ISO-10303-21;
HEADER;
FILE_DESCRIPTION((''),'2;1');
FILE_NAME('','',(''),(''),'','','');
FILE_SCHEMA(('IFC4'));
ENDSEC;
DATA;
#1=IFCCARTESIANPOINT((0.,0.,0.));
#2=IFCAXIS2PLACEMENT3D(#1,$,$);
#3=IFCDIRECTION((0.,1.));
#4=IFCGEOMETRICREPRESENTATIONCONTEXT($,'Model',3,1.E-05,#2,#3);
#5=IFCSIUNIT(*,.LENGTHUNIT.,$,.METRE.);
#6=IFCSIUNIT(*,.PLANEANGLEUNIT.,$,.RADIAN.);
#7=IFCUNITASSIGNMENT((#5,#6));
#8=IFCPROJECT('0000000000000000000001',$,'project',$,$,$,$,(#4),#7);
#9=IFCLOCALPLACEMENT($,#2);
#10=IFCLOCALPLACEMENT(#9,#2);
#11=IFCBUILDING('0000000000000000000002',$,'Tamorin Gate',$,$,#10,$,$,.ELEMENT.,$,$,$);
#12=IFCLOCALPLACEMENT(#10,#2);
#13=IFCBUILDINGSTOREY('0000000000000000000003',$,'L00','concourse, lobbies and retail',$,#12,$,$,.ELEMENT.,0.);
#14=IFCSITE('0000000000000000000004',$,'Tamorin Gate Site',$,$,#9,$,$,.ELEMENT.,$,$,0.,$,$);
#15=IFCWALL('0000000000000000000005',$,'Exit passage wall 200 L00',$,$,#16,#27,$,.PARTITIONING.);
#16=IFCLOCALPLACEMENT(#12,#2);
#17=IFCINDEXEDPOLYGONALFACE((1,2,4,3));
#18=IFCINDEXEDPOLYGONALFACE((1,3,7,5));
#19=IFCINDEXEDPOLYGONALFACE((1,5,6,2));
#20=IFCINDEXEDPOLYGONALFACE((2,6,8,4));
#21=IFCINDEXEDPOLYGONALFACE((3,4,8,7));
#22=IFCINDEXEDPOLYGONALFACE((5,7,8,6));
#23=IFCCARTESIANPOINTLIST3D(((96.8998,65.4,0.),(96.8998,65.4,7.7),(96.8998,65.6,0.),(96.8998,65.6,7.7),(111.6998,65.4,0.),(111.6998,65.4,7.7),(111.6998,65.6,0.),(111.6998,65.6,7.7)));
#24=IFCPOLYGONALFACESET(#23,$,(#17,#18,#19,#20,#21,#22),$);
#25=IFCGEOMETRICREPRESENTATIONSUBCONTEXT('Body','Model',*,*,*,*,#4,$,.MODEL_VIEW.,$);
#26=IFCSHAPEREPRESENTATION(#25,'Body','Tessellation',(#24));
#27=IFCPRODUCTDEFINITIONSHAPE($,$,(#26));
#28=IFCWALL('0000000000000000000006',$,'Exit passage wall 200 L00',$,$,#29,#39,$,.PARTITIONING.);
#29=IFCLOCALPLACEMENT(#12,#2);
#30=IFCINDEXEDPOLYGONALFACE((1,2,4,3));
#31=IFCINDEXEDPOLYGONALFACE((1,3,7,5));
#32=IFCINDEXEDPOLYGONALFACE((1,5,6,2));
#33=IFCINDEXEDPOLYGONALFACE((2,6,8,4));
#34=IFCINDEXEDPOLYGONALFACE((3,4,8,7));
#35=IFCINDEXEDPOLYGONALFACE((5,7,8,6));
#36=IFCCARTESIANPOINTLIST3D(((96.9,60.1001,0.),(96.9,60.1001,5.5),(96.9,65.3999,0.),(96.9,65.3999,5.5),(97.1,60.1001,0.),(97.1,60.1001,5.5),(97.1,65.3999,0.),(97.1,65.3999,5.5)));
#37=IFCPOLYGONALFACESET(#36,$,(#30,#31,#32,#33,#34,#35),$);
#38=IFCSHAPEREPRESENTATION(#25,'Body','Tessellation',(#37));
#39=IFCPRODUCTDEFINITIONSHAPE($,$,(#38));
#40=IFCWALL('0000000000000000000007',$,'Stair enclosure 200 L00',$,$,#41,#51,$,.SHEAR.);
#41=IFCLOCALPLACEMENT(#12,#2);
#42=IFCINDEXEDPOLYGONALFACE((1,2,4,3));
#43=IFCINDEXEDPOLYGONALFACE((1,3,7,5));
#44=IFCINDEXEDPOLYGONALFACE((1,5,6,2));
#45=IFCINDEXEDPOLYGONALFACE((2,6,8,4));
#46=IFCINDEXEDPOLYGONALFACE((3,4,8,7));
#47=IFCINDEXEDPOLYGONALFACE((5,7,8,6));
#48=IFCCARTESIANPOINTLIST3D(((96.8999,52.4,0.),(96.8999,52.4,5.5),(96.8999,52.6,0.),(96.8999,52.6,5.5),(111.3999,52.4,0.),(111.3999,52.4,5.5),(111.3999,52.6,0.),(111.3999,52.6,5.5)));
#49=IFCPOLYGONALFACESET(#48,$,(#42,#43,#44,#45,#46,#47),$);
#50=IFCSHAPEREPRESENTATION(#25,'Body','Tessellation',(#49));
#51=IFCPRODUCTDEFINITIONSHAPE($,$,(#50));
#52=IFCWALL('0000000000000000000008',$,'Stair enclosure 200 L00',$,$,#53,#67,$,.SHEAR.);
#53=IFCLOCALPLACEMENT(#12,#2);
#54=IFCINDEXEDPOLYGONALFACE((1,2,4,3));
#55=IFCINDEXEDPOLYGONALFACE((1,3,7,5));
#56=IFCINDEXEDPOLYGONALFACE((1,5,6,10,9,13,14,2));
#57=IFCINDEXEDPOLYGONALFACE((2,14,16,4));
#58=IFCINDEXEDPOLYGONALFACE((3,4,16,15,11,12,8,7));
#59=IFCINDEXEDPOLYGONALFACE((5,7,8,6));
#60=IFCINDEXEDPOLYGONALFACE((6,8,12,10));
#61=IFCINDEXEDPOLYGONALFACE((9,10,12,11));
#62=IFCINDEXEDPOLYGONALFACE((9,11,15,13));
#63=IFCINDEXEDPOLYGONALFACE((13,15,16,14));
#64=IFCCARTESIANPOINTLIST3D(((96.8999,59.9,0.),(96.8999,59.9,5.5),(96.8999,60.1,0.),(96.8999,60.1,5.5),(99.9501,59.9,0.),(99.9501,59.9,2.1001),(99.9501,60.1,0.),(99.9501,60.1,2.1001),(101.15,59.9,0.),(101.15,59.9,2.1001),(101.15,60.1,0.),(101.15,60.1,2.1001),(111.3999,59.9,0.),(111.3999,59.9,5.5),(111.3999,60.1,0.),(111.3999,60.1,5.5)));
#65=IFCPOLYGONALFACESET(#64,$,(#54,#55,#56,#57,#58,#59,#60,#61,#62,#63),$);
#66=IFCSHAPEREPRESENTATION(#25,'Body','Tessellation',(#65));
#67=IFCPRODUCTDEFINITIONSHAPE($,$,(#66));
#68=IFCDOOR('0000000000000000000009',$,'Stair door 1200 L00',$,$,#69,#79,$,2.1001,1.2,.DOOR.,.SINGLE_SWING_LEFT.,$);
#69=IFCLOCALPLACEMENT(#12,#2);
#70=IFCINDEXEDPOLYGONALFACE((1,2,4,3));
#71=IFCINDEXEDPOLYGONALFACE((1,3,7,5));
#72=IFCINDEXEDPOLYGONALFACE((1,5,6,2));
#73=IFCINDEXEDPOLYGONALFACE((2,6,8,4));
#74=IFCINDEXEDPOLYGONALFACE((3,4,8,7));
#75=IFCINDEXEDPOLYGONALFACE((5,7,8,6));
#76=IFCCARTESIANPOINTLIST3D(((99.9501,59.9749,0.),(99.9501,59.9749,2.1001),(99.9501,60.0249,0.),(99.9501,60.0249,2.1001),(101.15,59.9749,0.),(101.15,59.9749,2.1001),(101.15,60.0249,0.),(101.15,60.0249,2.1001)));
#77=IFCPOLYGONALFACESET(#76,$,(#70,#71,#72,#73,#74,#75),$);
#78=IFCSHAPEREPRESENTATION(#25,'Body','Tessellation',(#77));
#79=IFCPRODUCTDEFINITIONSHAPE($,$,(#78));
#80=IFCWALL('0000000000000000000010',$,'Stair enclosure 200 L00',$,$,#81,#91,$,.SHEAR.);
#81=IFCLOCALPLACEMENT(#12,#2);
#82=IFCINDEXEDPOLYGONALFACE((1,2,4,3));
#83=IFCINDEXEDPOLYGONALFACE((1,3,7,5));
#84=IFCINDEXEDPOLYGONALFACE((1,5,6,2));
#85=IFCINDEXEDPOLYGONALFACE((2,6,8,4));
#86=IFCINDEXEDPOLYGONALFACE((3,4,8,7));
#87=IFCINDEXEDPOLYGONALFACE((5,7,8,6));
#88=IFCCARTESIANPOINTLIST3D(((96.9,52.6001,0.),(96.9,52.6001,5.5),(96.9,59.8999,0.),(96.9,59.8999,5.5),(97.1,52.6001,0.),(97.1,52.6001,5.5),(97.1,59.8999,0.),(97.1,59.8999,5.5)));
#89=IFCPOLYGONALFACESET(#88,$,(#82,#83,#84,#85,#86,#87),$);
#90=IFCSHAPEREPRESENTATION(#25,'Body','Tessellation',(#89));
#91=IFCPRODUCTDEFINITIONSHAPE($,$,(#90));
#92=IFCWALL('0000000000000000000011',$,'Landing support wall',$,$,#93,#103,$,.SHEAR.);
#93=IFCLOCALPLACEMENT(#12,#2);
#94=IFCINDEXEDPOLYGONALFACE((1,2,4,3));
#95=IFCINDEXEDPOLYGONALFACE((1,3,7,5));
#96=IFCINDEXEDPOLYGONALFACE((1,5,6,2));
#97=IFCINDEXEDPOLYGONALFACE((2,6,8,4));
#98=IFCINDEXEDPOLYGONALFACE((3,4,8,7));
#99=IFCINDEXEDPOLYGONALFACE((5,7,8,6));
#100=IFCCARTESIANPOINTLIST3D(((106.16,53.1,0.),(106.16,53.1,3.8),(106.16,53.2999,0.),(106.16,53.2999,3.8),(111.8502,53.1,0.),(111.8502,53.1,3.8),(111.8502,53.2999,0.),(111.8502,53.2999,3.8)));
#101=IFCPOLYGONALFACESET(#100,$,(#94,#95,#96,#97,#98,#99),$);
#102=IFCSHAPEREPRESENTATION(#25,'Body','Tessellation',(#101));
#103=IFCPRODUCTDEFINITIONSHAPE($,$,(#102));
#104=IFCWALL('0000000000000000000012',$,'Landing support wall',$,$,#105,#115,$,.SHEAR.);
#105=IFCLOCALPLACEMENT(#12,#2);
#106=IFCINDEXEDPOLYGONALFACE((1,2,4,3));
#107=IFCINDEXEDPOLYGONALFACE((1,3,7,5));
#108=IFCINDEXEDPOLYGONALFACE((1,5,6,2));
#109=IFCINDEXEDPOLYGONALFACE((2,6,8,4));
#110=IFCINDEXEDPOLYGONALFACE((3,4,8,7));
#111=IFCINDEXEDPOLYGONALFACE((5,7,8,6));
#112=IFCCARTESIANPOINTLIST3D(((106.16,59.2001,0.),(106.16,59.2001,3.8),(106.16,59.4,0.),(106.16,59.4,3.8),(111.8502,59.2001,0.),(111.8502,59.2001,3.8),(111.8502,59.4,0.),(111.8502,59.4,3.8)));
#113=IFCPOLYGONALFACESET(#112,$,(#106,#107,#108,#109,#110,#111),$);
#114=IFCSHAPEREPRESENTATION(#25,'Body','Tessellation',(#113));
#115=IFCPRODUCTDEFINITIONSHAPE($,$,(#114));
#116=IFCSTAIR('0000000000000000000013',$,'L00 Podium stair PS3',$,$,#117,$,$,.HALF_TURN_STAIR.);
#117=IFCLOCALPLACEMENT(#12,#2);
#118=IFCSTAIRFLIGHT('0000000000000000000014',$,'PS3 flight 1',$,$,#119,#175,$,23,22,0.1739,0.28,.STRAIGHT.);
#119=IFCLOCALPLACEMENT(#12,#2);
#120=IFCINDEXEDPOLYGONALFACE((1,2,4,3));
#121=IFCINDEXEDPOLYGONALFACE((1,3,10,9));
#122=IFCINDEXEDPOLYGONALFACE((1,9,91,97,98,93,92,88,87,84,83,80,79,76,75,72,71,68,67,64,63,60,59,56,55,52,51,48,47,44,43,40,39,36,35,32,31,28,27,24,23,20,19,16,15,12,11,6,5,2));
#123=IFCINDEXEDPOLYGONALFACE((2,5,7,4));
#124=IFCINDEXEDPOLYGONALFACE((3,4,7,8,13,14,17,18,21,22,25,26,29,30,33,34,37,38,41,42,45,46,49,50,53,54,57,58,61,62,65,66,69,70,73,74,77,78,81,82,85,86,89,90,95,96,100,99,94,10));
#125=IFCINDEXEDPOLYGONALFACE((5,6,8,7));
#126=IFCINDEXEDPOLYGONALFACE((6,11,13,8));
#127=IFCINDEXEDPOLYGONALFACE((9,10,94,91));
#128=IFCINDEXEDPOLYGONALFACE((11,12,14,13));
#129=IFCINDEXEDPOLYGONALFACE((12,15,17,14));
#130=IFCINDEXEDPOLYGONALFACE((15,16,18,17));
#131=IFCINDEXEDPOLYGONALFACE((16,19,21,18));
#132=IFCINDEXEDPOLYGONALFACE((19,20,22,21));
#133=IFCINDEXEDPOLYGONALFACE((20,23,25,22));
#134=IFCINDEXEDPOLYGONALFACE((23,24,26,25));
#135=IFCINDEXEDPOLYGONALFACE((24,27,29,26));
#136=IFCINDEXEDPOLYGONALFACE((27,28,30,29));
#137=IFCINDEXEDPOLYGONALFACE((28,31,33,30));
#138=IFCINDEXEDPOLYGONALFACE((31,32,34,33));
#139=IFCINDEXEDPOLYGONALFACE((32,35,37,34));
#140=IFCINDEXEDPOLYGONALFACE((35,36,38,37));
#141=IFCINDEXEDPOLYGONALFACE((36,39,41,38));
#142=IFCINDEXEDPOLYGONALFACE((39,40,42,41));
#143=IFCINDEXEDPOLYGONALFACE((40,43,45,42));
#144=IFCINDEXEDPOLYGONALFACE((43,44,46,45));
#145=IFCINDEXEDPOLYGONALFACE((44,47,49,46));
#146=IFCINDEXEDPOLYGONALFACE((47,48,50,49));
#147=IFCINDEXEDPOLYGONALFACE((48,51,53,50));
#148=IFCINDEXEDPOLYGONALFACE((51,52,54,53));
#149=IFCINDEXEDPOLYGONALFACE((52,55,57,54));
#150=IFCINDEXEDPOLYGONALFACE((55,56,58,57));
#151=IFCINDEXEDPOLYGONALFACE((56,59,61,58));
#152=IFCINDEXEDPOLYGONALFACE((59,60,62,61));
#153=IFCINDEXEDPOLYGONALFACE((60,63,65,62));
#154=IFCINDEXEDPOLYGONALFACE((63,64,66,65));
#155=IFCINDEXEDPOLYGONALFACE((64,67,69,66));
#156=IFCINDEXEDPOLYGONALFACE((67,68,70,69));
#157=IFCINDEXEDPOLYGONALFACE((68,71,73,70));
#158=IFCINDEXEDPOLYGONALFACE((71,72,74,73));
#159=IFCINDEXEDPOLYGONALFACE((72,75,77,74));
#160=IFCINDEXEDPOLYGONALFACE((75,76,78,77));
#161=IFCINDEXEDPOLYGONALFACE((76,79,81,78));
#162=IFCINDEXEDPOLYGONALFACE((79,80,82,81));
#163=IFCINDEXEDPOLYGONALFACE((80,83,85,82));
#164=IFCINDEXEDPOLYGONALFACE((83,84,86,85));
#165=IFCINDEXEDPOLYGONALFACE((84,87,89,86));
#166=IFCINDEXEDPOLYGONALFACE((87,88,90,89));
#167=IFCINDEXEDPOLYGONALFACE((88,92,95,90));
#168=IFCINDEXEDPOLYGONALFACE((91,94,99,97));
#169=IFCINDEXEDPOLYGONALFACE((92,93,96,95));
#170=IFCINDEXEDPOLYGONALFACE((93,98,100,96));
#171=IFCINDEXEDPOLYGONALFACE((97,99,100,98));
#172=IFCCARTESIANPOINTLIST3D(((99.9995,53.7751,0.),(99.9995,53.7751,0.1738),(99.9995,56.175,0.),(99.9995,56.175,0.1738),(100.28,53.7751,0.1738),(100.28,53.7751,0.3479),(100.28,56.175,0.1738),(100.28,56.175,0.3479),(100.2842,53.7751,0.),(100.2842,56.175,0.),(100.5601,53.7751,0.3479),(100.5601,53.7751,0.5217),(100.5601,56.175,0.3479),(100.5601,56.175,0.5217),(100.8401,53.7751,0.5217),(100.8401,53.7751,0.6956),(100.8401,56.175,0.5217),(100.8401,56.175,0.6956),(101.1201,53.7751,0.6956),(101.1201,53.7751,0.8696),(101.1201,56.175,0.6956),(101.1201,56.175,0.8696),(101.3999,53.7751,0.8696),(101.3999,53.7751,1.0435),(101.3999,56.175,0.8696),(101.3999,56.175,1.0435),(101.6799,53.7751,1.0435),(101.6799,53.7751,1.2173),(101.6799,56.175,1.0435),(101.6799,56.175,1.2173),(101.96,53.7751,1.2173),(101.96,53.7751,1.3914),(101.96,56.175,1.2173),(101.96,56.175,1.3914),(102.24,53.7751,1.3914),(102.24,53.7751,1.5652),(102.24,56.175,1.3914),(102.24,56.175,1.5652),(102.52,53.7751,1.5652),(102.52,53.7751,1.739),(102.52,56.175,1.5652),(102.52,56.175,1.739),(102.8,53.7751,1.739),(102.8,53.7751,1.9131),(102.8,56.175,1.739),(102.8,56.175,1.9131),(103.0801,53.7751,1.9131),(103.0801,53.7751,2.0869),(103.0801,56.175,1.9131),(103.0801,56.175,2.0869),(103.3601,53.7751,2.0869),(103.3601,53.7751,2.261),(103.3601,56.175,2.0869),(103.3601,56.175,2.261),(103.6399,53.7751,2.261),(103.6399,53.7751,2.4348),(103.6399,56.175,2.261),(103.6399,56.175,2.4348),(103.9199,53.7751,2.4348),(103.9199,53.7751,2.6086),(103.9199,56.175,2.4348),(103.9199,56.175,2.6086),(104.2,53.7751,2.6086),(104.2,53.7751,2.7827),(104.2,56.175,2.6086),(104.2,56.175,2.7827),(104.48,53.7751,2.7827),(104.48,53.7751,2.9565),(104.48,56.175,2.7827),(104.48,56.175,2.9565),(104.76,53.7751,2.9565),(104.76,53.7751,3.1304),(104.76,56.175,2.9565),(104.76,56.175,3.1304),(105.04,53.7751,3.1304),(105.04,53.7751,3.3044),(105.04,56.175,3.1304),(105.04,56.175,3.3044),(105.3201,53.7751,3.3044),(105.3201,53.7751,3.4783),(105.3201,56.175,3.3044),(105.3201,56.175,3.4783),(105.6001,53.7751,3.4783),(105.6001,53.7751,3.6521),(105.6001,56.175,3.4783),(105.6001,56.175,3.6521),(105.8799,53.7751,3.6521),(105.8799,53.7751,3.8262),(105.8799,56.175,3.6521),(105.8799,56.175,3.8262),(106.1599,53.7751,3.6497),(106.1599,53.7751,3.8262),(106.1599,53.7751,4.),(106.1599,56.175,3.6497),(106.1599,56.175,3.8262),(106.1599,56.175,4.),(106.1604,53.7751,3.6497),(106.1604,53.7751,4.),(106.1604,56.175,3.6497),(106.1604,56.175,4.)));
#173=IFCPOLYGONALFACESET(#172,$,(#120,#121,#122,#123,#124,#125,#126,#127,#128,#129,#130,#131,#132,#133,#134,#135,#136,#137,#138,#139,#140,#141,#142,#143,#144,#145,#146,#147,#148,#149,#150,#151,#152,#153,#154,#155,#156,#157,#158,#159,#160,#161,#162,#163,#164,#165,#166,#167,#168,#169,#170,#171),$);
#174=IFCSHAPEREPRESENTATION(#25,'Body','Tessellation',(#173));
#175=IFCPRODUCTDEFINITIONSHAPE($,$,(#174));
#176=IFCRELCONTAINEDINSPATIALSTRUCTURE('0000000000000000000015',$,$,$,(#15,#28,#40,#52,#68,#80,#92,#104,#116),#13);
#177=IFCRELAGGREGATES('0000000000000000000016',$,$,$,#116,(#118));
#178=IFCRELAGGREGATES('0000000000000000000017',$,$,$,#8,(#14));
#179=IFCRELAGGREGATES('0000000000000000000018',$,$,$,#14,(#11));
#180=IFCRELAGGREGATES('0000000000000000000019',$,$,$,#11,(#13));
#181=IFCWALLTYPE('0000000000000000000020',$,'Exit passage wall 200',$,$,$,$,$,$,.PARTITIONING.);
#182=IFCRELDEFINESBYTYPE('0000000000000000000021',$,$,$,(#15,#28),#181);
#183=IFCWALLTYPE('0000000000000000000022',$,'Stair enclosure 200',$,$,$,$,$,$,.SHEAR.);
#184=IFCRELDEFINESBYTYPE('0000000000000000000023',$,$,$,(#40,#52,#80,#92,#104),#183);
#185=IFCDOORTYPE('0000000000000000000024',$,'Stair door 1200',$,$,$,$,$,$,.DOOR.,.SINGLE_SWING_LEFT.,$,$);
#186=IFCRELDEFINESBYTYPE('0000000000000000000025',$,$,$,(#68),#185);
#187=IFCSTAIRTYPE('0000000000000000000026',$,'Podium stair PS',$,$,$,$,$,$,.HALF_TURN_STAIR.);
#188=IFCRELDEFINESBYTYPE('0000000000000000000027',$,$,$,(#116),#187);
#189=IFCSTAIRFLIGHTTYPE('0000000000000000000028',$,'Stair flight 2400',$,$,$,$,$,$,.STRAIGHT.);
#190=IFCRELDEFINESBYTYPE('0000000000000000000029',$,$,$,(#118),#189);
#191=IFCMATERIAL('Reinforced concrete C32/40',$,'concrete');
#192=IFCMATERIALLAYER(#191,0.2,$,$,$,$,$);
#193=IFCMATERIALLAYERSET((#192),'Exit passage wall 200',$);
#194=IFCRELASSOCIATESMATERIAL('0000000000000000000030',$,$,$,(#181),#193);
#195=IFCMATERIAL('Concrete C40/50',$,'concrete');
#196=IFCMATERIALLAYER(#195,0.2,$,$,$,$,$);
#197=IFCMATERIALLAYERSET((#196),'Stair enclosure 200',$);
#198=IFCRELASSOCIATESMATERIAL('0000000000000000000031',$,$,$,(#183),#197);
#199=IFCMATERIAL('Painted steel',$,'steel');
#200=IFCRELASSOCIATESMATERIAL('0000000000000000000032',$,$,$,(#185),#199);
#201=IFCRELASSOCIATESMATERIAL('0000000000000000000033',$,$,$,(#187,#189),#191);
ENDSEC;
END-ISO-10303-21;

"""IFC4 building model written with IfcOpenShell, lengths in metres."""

from ifc_helpers import new_model, si_unit, direction, frame, frame_2d, origin, place, context, subcontext, project, spatial, polyline, rectangle, outline, extrude, material, layer, layer_set, type_object, element, fill, aggregate, save


model = new_model("IFC4")

# Units and contexts
model_context = context("Model", 3, precision=1e-05, world=origin(), true_north=direction((0.0, 1.0)))
body_context = subcontext(model_context, "Body", "Model", "MODEL_VIEW")
ifc_project = project(units=[si_unit("LENGTHUNIT", "METRE"), si_unit("PLANEANGLEUNIT", "RADIAN")], contexts=[model_context])

# Site, building, storey
site_placement = place(None, origin())
site = spatial("IfcSite", under=ifc_project, at=site_placement, Name="Tamorin Gate Site", CompositionType="ELEMENT", RefElevation=0.0)
building_placement = place(site_placement, origin())
building = spatial("IfcBuilding", under=site, at=building_placement, Name="Tamorin Gate", CompositionType="ELEMENT")
storey_placement = place(building_placement, origin())
storey = spatial("IfcBuildingStorey", under=building, at=storey_placement, Name="L00", Description="concourse, lobbies and retail", CompositionType="ELEMENT", Elevation=0.0)

# Walls
ifc_material_1 = material(Name="Reinforced concrete C32/40", Category="concrete")
ifc_layer_1 = layer(ifc_material_1, 0.2)
ifc_layer_set_1 = layer_set([ifc_layer_1], Name="Exit passage wall 200")
wall_type_1 = type_object("IfcWallType", Name="Exit passage wall 200", PredefinedType="PARTITIONING", material=ifc_layer_set_1)
wall_1_placement = place(storey_placement, frame((96.8999, 65.5, 0.0), z_axis=(0.0, 0.0, 1.0), x_axis=(1.0, 0.0, 0.0)))
element("IfcWall", 1, at=wall_1_placement, inside=storey, type_object=wall_type_1, Name="Exit passage wall 200 L00", PredefinedType="PARTITIONING", context=body_context, shape_type="SweptSolid", body=[
    extrude(rectangle(XDim=14.8, YDim=0.2, at=frame_2d((7.3999, 0.0))), origin(), (0.0, 0.0, 1.0), 7.7),
])
wall_2_placement = place(storey_placement, frame((97.0, 60.1001, 0.0), z_axis=(0.0, 0.0, 1.0), x_axis=(0.0, 1.0, 0.0)))
element("IfcWall", 2, at=wall_2_placement, inside=storey, type_object=wall_type_1, Name="Exit passage wall 200 L00", PredefinedType="PARTITIONING", context=body_context, shape_type="SweptSolid", body=[
    extrude(rectangle(XDim=5.2998, YDim=0.2, at=frame_2d((2.6499, 0.0))), origin(), (0.0, 0.0, 1.0), 5.5),
])
ifc_material_2 = material(Name="Concrete C40/50", Category="concrete")
ifc_layer_2 = layer(ifc_material_2, 0.2)
ifc_layer_set_2 = layer_set([ifc_layer_2], Name="Stair enclosure 200")
wall_type_2 = type_object("IfcWallType", Name="Stair enclosure 200", PredefinedType="SHEAR", material=ifc_layer_set_2)
wall_3_placement = place(storey_placement, frame((96.8999, 52.5, 0.0), z_axis=(0.0, 0.0, 1.0), x_axis=(1.0, 0.0, 0.0)))
element("IfcWall", 3, at=wall_3_placement, inside=storey, type_object=wall_type_2, Name="Stair enclosure 200 L00", PredefinedType="SHEAR", context=body_context, shape_type="SweptSolid", body=[
    extrude(rectangle(XDim=14.5, YDim=0.2, at=frame_2d((7.25, 0.0))), origin(), (0.0, 0.0, 1.0), 5.5),
])

# Wall, opening, door
wall_4_placement = place(storey_placement, frame((96.8999, 60.0, 0.0), z_axis=(0.0, 0.0, 1.0), x_axis=(1.0, 0.0, 0.0)))
wall_4 = element("IfcWall", 4, at=wall_4_placement, inside=storey, type_object=wall_type_2, Name="Stair enclosure 200 L00", PredefinedType="SHEAR", context=body_context, shape_type="SweptSolid", body=[
    extrude(rectangle(XDim=14.5, YDim=0.2, at=frame_2d((7.25, 0.0))), origin(), (0.0, 0.0, 1.0), 5.5),
])
opening_placement = place(wall_4_placement, frame((3.05, 0.0, 0.0)))
opening = element("IfcOpeningElement", 5, at=opening_placement, cuts=wall_4, PredefinedType="OPENING", context=body_context, shape_type="SweptSolid", body=[
    extrude(rectangle(XDim=1.2, YDim=2.1001, at=frame_2d((0.6001, 1.05))), frame((0.0, 0.1099, 0.0), z_axis=(0.0, -1.0, 0.0), x_axis=(1.0, 0.0, 0.0)), (0.0, 0.0, 1.0), 0.22),
])
ifc_material_3 = material(Name="Painted steel", Category="steel")
door_type = type_object("IfcDoorType", Name="Stair door 1200", OperationType="SINGLE_SWING_LEFT", PredefinedType="DOOR", material=ifc_material_3)
door_placement = place(opening_placement, origin())
door = element("IfcDoor", 6, at=door_placement, inside=storey, type_object=door_type, Name="Stair door 1200 L00", OperationType="SINGLE_SWING_LEFT", OverallHeight=2.1001, OverallWidth=1.2, PredefinedType="DOOR", context=body_context, shape_type="SweptSolid", body=[
    extrude(rectangle(XDim=1.2, YDim=2.1001, at=frame_2d((0.6001, 1.05))), frame((0.0, 0.0249, 0.0), z_axis=(0.0, -1.0, 0.0), x_axis=(1.0, 0.0, 0.0)), (0.0, 0.0, 1.0), 0.05),
])
fill(opening, door)

# Walls
wall_5_placement = place(storey_placement, frame((97.0, 52.6001, 0.0), z_axis=(0.0, 0.0, 1.0), x_axis=(0.0, 1.0, 0.0)))
element("IfcWall", 7, at=wall_5_placement, inside=storey, type_object=wall_type_2, Name="Stair enclosure 200 L00", PredefinedType="SHEAR", context=body_context, shape_type="SweptSolid", body=[
    extrude(rectangle(XDim=7.2998, YDim=0.2, at=frame_2d((3.6499, 0.0))), origin(), (0.0, 0.0, 1.0), 5.5),
])
for number, where, z_axis, x_axis, name in (
    (8, (106.1599, 53.2, 0.0), (0.0, 0.0, 1.0), (1.0, 0.0, 0.0), "Landing support wall"),
    (9, (106.1599, 59.3, 0.0), (0.0, 0.0, 1.0), (1.0, 0.0, 0.0), "Landing support wall"),
):
    element("IfcWall", number, at=place(storey_placement, frame(where, z_axis=z_axis, x_axis=x_axis)), inside=storey, type_object=wall_type_2, Name=name, PredefinedType="SHEAR", context=body_context, shape_type="SweptSolid", body=[
        extrude(rectangle(XDim=5.6902, YDim=0.2, at=frame_2d((2.8452, 0.0))), origin(), (0.0, 0.0, 1.0), 3.8),
    ])

# Stair, stair flight
stair_type = type_object("IfcStairType", Name="Podium stair PS", PredefinedType="HALF_TURN_STAIR", material=ifc_material_1)
stair_placement = place(storey_placement, origin())
stair = element("IfcStair", 10, at=stair_placement, inside=storey, type_object=stair_type, Name="L00 Podium stair PS3", PredefinedType="HALF_TURN_STAIR")
stair_flight_type = type_object("IfcStairFlightType", Name="Stair flight 2400", PredefinedType="STRAIGHT", material=ifc_material_1)
stair_flight_1_placement = place(storey_placement, frame((100.0, 54.9751, 0.0), z_axis=(0.0, 0.0, 1.0), x_axis=(1.0, 0.0, 0.0)))
stair_flight_1 = element("IfcStairFlight", 11, at=stair_flight_1_placement, type_object=stair_flight_type, Name="PS3 flight 1", NumberOfRisers=23, NumberOfTreads=22, PredefinedType="STRAIGHT", RiserHeight=0.1739, TreadLength=0.28, context=body_context, shape_type="SweptSolid", body=[
    extrude(outline(polyline([(-0.0005, 0.0), (-0.0005, 0.1738), (0.28, 0.1738), (0.28, 0.3479), (0.5601, 0.3479), (0.5601, 0.5217), (0.8401, 0.5217), (0.8401, 0.6956), (1.1201, 0.6956), (1.1201, 0.8696), (1.3999, 0.8696), (1.3999, 1.0435), (1.6799, 1.0435), (1.6799, 1.2173), (1.96, 1.2173), (1.96, 1.3914), (2.24, 1.3914), (2.24, 1.5652), (2.52, 1.5652), (2.52, 1.739), (2.8, 1.739), (2.8, 1.9131), (3.0801, 1.9131), (3.0801, 2.0869), (3.3601, 2.0869), (3.3601, 2.261), (3.6399, 2.261), (3.6399, 2.4348), (3.9199, 2.4348), (3.9199, 2.6086), (4.2, 2.6086), (4.2, 2.7827), (4.48, 2.7827), (4.48, 2.9565), (4.76, 2.9565), (4.76, 3.1304), (5.04, 3.1304), (5.04, 3.3044), (5.3201, 3.3044), (5.3201, 3.4783), (5.6001, 3.4783), (5.6001, 3.6521), (5.8799, 3.6521), (5.8799, 3.8262), (6.1599, 3.8262), (6.1599, 4.0), (6.1604, 4.0), (6.1604, 3.6497), (6.1599, 3.6497), (0.2842, 0.0), (-0.0005, 0.0)])), frame((0.0, 1.2, 0.0), z_axis=(0.0, -1.0, 0.0), x_axis=(1.0, 0.0, 0.0)), (0.0, 0.0, 1.0), 2.3999),
])
aggregate(stair, [stair_flight_1])

save(model, "model.ifc")
